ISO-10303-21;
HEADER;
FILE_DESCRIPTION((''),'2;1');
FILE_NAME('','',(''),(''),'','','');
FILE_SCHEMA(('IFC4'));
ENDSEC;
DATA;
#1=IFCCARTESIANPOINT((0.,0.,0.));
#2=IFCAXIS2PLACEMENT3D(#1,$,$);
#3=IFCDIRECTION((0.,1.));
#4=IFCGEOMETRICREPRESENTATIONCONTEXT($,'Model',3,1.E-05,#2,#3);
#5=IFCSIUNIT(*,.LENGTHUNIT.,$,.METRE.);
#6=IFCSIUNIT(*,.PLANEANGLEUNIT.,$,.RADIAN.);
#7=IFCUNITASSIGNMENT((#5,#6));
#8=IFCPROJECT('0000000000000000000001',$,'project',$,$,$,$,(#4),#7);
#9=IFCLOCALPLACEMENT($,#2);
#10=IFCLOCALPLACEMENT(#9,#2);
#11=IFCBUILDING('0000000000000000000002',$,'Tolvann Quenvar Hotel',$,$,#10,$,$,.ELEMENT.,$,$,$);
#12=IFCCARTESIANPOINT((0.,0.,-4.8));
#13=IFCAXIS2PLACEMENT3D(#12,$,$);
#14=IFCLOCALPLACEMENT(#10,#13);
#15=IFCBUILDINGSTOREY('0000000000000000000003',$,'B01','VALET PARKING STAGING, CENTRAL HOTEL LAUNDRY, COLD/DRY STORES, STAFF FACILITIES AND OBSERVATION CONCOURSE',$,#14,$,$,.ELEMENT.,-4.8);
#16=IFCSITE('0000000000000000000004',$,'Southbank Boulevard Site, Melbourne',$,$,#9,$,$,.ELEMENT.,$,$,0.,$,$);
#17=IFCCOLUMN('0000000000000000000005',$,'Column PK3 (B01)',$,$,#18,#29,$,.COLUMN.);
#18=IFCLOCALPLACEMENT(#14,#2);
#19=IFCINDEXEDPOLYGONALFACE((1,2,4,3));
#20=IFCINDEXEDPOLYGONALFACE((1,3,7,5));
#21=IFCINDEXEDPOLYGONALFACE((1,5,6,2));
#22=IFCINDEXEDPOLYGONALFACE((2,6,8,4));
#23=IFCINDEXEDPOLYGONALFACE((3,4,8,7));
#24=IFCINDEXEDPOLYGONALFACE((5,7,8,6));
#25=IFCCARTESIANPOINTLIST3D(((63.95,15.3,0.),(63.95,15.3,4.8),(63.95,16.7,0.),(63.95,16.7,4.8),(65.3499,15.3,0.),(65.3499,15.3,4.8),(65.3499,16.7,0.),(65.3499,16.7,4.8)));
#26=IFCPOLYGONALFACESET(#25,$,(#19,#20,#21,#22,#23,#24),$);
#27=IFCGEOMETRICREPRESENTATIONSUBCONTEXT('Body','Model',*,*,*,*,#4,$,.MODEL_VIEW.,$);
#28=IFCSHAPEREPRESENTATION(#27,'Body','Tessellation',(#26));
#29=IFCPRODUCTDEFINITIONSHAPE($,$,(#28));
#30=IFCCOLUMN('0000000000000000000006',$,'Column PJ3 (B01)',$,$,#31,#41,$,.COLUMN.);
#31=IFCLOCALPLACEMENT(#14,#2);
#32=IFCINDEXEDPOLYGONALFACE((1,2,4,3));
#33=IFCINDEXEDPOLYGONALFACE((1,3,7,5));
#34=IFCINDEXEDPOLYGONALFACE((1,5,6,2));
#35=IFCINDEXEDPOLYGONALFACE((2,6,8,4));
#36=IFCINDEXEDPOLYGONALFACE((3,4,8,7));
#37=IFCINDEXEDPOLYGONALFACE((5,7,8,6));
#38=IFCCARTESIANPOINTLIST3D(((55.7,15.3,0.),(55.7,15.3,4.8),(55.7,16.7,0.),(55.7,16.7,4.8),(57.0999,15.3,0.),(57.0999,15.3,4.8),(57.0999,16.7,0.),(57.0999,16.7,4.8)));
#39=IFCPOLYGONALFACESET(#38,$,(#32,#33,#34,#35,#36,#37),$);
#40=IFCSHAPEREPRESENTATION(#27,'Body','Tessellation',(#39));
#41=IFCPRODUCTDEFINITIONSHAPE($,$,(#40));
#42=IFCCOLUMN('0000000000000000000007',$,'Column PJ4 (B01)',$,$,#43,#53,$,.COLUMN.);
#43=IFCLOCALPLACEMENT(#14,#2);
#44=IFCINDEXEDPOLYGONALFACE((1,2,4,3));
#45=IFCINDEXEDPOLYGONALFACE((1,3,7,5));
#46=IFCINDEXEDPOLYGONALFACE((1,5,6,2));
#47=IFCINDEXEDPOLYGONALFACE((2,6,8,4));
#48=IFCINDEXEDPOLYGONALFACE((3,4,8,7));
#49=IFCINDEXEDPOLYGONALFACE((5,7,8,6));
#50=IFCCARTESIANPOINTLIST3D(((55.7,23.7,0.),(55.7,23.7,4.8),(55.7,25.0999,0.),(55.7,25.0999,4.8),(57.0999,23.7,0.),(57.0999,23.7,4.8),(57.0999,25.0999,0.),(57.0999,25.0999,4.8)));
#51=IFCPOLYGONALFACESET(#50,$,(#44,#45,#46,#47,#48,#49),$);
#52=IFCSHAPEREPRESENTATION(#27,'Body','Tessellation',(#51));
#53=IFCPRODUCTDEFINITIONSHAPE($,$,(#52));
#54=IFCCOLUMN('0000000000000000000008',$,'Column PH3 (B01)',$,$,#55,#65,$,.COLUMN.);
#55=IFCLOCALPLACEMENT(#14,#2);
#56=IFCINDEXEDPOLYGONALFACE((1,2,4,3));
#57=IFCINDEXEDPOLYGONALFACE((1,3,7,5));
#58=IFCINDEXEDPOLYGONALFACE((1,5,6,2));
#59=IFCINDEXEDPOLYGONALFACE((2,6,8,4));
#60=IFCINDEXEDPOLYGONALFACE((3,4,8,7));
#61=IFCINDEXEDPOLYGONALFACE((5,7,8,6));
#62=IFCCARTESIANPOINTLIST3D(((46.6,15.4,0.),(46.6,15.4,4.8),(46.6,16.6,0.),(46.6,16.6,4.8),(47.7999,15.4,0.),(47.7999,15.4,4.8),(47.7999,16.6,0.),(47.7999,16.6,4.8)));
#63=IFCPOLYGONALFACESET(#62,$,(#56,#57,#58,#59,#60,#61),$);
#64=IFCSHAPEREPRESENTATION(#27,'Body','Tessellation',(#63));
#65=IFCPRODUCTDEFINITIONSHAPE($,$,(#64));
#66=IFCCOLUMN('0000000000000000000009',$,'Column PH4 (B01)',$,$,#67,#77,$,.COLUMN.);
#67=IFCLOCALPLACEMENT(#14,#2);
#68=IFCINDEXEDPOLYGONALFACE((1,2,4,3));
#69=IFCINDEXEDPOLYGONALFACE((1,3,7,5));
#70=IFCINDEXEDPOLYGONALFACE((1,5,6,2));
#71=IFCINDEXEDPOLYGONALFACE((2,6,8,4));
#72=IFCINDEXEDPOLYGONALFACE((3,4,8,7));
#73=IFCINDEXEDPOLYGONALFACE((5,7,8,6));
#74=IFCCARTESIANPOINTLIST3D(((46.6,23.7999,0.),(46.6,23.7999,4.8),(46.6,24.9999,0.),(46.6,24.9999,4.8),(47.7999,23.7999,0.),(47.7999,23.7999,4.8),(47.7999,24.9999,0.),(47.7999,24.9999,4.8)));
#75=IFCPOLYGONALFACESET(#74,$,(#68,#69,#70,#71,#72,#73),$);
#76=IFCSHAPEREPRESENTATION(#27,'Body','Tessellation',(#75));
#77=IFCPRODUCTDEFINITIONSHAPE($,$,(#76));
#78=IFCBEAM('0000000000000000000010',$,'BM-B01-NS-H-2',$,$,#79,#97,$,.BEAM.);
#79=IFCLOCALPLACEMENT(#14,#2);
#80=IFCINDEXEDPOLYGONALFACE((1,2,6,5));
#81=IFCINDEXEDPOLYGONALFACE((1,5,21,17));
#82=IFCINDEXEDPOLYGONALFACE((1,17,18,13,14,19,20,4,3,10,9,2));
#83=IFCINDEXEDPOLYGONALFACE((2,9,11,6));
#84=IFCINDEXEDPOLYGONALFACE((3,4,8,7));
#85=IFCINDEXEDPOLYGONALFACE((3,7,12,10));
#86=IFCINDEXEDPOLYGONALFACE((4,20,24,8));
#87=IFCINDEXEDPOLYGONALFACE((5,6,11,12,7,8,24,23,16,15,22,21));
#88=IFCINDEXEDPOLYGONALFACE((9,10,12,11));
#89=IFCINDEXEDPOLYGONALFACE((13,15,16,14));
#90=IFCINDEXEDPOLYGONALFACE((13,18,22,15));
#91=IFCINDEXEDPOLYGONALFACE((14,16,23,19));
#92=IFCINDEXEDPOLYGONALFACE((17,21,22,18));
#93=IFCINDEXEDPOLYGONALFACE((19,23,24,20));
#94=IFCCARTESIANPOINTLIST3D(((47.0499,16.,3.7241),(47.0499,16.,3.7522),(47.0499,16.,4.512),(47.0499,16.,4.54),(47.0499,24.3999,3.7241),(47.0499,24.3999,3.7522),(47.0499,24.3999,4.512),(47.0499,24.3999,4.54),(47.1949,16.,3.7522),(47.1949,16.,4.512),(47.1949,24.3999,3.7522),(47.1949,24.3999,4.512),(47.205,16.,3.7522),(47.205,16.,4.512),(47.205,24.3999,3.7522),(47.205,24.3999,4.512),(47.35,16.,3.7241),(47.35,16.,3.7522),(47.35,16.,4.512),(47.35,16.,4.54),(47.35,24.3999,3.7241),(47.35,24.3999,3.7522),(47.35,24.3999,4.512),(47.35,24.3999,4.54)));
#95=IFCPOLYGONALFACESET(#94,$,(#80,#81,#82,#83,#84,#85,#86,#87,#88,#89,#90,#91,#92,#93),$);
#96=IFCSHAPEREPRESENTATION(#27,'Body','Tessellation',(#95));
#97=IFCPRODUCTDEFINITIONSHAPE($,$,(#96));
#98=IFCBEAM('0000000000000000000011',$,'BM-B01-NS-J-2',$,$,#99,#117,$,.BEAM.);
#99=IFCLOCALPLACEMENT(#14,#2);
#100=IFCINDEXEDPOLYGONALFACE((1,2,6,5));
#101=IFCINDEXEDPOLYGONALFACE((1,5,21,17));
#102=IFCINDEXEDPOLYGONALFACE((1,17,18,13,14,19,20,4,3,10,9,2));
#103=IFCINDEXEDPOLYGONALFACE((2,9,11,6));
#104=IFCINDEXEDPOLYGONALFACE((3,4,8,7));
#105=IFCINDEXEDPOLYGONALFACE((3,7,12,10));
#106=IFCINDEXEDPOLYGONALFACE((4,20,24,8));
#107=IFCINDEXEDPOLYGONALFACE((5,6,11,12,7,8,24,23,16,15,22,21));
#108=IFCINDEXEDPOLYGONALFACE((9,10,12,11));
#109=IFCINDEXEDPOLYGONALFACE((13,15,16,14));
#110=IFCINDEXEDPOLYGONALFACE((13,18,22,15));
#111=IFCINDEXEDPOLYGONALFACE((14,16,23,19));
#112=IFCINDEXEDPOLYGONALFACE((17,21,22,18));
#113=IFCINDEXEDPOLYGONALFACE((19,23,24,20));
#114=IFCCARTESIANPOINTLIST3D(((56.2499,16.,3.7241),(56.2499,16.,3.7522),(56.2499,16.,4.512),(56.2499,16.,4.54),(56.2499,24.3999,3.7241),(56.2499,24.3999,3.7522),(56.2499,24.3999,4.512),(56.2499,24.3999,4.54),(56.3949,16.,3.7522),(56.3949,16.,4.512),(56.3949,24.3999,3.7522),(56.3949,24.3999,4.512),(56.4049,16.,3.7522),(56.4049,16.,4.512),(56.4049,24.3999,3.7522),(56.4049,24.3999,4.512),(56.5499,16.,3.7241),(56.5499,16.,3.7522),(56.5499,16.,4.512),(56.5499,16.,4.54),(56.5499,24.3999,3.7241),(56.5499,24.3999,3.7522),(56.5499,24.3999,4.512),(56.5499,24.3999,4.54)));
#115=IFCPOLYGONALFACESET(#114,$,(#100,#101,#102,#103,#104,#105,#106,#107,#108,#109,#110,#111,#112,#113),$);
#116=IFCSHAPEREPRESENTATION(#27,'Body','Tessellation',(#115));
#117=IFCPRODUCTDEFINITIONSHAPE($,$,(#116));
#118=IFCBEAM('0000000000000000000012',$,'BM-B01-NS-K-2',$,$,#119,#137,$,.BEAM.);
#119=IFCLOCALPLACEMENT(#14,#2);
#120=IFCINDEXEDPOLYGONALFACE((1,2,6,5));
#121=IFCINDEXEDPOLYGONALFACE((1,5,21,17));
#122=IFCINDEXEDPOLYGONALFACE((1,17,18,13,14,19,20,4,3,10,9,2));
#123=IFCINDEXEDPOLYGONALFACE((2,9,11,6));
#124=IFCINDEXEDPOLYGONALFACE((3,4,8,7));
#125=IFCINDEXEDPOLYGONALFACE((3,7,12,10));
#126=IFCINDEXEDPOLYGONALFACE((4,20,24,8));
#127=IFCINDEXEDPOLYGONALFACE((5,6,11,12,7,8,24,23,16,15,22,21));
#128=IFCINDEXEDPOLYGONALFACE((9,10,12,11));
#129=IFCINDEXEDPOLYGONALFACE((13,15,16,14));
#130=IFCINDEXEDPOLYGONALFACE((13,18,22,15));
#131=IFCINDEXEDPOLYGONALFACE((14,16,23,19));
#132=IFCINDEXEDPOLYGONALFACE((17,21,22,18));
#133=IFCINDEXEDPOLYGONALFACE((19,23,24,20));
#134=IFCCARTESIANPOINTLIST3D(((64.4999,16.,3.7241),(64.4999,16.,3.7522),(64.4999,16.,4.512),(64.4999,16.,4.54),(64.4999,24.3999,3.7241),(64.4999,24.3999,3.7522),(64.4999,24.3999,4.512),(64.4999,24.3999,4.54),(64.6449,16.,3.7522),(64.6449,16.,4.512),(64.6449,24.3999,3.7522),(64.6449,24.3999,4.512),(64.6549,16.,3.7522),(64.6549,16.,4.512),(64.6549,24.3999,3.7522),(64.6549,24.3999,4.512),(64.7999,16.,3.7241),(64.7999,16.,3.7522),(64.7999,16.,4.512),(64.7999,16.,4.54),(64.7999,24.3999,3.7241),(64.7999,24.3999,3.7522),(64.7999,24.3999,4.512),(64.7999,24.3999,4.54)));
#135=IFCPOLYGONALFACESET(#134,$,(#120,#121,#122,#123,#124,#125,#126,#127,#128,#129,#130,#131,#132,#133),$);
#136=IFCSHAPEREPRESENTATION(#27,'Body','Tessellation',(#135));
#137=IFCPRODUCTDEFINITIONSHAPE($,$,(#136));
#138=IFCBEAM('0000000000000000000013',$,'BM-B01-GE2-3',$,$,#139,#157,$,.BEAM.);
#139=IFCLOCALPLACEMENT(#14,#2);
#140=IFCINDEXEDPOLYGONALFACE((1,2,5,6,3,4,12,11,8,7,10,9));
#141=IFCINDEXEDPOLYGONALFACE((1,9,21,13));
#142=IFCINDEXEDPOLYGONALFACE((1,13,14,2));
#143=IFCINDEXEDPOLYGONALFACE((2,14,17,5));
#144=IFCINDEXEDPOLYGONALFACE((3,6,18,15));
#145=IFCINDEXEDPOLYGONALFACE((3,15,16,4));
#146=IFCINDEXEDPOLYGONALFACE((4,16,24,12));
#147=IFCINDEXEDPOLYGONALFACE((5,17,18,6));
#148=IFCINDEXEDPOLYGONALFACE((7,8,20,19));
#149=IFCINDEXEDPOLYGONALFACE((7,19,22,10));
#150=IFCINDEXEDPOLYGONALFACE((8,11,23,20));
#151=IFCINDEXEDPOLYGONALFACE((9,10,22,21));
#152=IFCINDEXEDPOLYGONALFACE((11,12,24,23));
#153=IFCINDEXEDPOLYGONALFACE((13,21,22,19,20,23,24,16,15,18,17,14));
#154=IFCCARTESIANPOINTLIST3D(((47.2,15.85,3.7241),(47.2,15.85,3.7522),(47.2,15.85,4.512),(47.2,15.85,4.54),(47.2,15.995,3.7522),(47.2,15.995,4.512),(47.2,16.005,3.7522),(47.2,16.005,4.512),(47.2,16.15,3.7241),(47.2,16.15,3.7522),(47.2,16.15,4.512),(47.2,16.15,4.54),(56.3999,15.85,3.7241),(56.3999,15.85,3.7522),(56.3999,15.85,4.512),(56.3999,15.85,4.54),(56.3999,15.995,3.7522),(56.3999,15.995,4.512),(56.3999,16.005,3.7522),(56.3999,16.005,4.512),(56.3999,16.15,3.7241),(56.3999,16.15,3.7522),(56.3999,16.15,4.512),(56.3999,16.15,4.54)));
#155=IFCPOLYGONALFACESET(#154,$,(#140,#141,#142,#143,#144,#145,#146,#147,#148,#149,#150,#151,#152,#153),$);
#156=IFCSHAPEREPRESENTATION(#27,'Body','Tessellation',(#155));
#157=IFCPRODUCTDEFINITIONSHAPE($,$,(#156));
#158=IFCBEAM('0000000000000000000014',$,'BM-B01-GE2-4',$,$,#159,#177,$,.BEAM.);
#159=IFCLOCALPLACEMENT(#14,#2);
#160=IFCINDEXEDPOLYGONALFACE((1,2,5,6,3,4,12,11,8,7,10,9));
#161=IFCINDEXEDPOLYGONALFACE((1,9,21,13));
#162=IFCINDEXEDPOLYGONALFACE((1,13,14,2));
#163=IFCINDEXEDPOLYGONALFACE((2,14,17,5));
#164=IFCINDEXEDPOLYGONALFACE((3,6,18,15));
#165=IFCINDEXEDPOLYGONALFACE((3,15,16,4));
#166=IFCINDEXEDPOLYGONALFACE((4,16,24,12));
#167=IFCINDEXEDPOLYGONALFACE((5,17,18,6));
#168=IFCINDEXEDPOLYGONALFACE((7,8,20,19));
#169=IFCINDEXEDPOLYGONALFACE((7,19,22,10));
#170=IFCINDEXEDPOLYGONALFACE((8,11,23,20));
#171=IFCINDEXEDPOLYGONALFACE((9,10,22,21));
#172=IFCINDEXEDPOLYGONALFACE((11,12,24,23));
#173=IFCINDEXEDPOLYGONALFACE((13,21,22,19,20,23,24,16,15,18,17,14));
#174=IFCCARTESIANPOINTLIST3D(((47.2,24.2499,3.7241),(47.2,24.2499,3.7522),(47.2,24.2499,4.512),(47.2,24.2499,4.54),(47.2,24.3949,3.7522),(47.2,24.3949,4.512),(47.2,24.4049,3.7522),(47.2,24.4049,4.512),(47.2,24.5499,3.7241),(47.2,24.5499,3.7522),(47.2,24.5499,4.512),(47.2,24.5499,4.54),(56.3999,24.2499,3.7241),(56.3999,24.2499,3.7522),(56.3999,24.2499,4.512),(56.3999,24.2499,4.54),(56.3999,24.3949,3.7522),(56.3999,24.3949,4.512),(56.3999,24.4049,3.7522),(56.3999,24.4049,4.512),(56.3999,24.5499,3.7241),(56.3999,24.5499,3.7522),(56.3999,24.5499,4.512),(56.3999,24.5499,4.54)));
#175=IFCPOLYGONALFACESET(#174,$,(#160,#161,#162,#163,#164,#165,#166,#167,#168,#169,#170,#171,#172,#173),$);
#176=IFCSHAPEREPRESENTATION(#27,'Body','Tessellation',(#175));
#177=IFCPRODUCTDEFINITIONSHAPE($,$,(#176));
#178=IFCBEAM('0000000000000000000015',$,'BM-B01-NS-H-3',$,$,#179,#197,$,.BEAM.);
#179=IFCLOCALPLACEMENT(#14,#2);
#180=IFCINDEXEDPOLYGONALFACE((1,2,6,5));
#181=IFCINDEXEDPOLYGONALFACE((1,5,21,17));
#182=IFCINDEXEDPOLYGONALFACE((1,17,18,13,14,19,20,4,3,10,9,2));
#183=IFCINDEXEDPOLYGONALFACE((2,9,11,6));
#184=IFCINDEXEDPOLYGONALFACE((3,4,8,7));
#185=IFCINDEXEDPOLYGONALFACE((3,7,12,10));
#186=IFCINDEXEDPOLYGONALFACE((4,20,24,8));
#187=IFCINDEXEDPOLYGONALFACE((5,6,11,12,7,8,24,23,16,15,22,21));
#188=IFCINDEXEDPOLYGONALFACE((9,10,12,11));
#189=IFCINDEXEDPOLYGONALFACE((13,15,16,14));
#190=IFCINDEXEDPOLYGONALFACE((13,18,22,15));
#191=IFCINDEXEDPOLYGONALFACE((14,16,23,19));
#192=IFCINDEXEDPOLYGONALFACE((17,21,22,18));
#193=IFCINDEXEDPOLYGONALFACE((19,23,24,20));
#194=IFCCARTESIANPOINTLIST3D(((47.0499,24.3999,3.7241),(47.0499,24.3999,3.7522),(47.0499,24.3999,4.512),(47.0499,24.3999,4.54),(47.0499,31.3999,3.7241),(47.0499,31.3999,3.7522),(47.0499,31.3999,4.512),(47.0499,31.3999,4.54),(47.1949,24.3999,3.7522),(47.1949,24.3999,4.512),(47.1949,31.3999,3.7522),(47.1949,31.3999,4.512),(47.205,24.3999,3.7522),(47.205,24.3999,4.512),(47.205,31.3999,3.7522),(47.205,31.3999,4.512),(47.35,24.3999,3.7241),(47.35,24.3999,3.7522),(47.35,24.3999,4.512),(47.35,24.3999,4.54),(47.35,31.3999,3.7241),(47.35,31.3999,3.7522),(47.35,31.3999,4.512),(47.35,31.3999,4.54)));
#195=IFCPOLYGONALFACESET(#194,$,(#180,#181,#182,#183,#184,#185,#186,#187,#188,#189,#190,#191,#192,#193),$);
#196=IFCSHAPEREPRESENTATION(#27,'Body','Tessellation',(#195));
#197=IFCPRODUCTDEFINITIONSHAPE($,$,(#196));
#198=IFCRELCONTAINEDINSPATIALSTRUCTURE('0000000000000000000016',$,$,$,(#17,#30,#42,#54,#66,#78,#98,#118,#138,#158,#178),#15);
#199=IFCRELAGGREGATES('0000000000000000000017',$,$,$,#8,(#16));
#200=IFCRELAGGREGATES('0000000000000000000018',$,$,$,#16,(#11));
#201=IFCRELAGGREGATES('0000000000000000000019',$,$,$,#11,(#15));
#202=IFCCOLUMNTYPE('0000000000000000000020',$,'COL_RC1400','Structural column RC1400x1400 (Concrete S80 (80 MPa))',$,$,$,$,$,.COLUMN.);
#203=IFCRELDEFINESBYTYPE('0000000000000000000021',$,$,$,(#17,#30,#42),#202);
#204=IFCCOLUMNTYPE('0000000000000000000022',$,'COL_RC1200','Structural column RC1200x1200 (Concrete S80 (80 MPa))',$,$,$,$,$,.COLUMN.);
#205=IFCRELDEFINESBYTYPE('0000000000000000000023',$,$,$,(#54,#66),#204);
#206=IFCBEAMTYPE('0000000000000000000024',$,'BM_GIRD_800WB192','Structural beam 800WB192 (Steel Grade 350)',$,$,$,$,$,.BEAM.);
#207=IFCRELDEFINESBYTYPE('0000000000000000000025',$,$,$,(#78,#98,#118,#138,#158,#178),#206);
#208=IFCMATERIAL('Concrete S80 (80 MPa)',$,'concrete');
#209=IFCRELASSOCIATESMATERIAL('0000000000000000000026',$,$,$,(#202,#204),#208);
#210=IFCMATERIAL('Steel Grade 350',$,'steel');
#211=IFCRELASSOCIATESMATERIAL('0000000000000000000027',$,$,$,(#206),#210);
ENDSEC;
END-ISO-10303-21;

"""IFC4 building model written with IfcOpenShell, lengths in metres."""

from ifc_helpers import new_model, si_unit, direction, frame, origin, origin_2d, place, context, subcontext, project, spatial, rectangle, i_section, extrude, source, transform, mapped, material, material_profile, profile_set, type_object, type_shapes, element, save


model = new_model("IFC4")

# Units and contexts
model_context = context("Model", 3, precision=1e-05, world=origin(), true_north=direction((0.0, 1.0)))
body_context = subcontext(model_context, "Body", "Model", "MODEL_VIEW")
ifc_project = project(units=[si_unit("LENGTHUNIT", "METRE"), si_unit("PLANEANGLEUNIT", "RADIAN")], contexts=[model_context])

# Site, building, storey
site_placement = place(None, origin())
site = spatial("IfcSite", under=ifc_project, at=site_placement, Name="Southbank Boulevard Site, Melbourne", CompositionType="ELEMENT", RefElevation=0.0)
building_placement = place(site_placement, origin())
building = spatial("IfcBuilding", under=site, at=building_placement, Name="Tolvann Quenvar Hotel", CompositionType="ELEMENT")
storey_placement = place(building_placement, frame((0.0, 0.0, -4.8)))
storey = spatial("IfcBuildingStorey", under=building, at=storey_placement, Name="B01", Description="VALET PARKING STAGING, CENTRAL HOTEL LAUNDRY, COLD/DRY STORES, STAFF FACILITIES AND OBSERVATION CONCOURSE", CompositionType="ELEMENT", Elevation=-4.8)

# Columns
ifc_material_1 = material(Name="Concrete S80 (80 MPa)", Category="concrete")
ifc_material_profile_1 = material_profile(ifc_material_1, rectangle(XDim=1.3999, YDim=1.3999, at=origin_2d()), Name="RC1400x1400")
ifc_profile_set_1 = profile_set([ifc_material_profile_1], Name="Concrete S80 (80 MPa)")
column_type_1 = type_object("IfcColumnType", Name="COL_RC1400", Description="Structural column RC1400x1400 (Concrete S80 (80 MPa))", PredefinedType="COLUMN", material=ifc_profile_set_1)
shared_shape_1 = source(origin(), body_context, "Body", "SweptSolid", [
    extrude(rectangle(XDim=1.3999, YDim=1.3999, at=origin_2d()), origin(), (0.0, 0.0, 1.0), 4.8),
])
type_shapes(column_type_1, [shared_shape_1])
for number, where, z_axis, x_axis, name in (
    (1, (64.6499, 16.0, 0.0), (0.0, 0.0, 1.0), (1.0, 0.0, 0.0), "Column PK3 (B01)"),
    (2, (56.3999, 16.0, 0.0), (0.0, 0.0, 1.0), (1.0, 0.0, 0.0), "Column PJ3 (B01)"),
    (3, (56.3999, 24.3999, 0.0), (0.0, 0.0, 1.0), (1.0, 0.0, 0.0), "Column PJ4 (B01)"),
):
    element("IfcColumn", number, at=place(storey_placement, frame(where, z_axis=z_axis, x_axis=x_axis)), inside=storey, type_object=column_type_1, Name=name, PredefinedType="COLUMN", context=body_context, shape_type="MappedRepresentation", body=[
        mapped(shared_shape_1, transform((0.0, 0.0, 0.0), x_axis=(1.0, 0.0, 0.0), y_axis=(0.0, 1.0, 0.0), z_axis=(0.0, 0.0, 1.0), scale=1.0)),
    ])
ifc_material_profile_2 = material_profile(ifc_material_1, rectangle(XDim=1.2, YDim=1.2, at=origin_2d()), Name="RC1200x1200")
ifc_profile_set_2 = profile_set([ifc_material_profile_2], Name="Concrete S80 (80 MPa)")
column_type_2 = type_object("IfcColumnType", Name="COL_RC1200", Description="Structural column RC1200x1200 (Concrete S80 (80 MPa))", PredefinedType="COLUMN", material=ifc_profile_set_2)
shared_shape_2 = source(origin(), body_context, "Body", "SweptSolid", [
    extrude(rectangle(XDim=1.2, YDim=1.2, at=origin_2d()), origin(), (0.0, 0.0, 1.0), 4.8),
])
type_shapes(column_type_2, [shared_shape_2])
for number, where, z_axis, x_axis, name in (
    (4, (47.2, 16.0, 0.0), (0.0, 0.0, 1.0), (1.0, 0.0, 0.0), "Column PH3 (B01)"),
    (5, (47.2, 24.3999, 0.0), (0.0, 0.0, 1.0), (1.0, 0.0, 0.0), "Column PH4 (B01)"),
):
    element("IfcColumn", number, at=place(storey_placement, frame(where, z_axis=z_axis, x_axis=x_axis)), inside=storey, type_object=column_type_2, Name=name, PredefinedType="COLUMN", context=body_context, shape_type="MappedRepresentation", body=[
        mapped(shared_shape_2, transform((0.0, 0.0, 0.0), x_axis=(1.0, 0.0, 0.0), y_axis=(0.0, 1.0, 0.0), z_axis=(0.0, 0.0, 1.0), scale=1.0)),
    ])

# Beams
ifc_material_2 = material(Name="Steel Grade 350", Category="steel")
ifc_material_profile_3 = material_profile(ifc_material_2, i_section(OverallWidth=0.3, OverallDepth=0.8159, WebThickness=0.01, FlangeThickness=0.0281, at=origin_2d()), Name="800WB192")
ifc_profile_set_3 = profile_set([ifc_material_profile_3], Name="Steel Grade 350")
beam_type_1 = type_object("IfcBeamType", Name="BM_GIRD_800WB192", Description="Structural beam 800WB192 (Steel Grade 350)", PredefinedType="BEAM", material=ifc_profile_set_3)
shared_shape_3 = source(origin(), body_context, "Body", "SweptSolid", [
    extrude(i_section(OverallWidth=0.3, OverallDepth=0.8159, WebThickness=0.01, FlangeThickness=0.0281, at=origin_2d()), origin(), (0.0, 0.0, 1.0), 8.3999),
])
for number, where, z_axis, x_axis, name in (
    (6, (47.2, 16.0, 4.1321), (0.0, 1.0, 0.0), (-1.0, 0.0, 0.0), "BM-B01-NS-H-2"),
    (7, (56.3999, 16.0, 4.1321), (0.0, 1.0, 0.0), (-1.0, 0.0, 0.0), "BM-B01-NS-J-2"),
    (8, (64.6499, 16.0, 4.1321), (0.0, 1.0, 0.0), (-1.0, 0.0, 0.0), "BM-B01-NS-K-2"),
):
    element("IfcBeam", number, at=place(storey_placement, frame(where, z_axis=z_axis, x_axis=x_axis)), inside=storey, type_object=beam_type_1, Name=name, PredefinedType="BEAM", context=body_context, shape_type="MappedRepresentation", body=[
        mapped(shared_shape_3, transform((0.0, 0.0, 0.0), x_axis=(1.0, 0.0, 0.0), y_axis=(0.0, 1.0, 0.0), z_axis=(0.0, 0.0, 1.0), scale=1.0)),
    ])
shared_shape_4 = source(origin(), body_context, "Body", "SweptSolid", [
    extrude(i_section(OverallWidth=0.3, OverallDepth=0.8159, WebThickness=0.01, FlangeThickness=0.0281, at=origin_2d()), origin(), (0.0, 0.0, 1.0), 9.2),
])
for number, where, z_axis, x_axis, name in (
    (9, (47.2, 16.0, 4.1321), (1.0, 0.0, 0.0), (0.0, 1.0, 0.0), "BM-B01-GE2-3"),
    (10, (47.2, 24.3999, 4.1321), (1.0, 0.0, 0.0), (0.0, 1.0, 0.0), "BM-B01-GE2-4"),
):
    element("IfcBeam", number, at=place(storey_placement, frame(where, z_axis=z_axis, x_axis=x_axis)), inside=storey, type_object=beam_type_1, Name=name, PredefinedType="BEAM", context=body_context, shape_type="MappedRepresentation", body=[
        mapped(shared_shape_4, transform((0.0, 0.0, 0.0), x_axis=(1.0, 0.0, 0.0), y_axis=(0.0, 1.0, 0.0), z_axis=(0.0, 0.0, 1.0), scale=1.0)),
    ])
shared_shape_5 = source(origin(), body_context, "Body", "SweptSolid", [
    extrude(i_section(OverallWidth=0.3, OverallDepth=0.8159, WebThickness=0.01, FlangeThickness=0.0281, at=origin_2d()), origin(), (0.0, 0.0, 1.0), 7.0),
])
type_shapes(beam_type_1, [shared_shape_3, shared_shape_4, shared_shape_5])
for number, where, z_axis, x_axis, name in (
    (11, (47.2, 24.3999, 4.1321), (0.0, 1.0, 0.0), (-1.0, 0.0, 0.0), "BM-B01-NS-H-3"),
):
    element("IfcBeam", number, at=place(storey_placement, frame(where, z_axis=z_axis, x_axis=x_axis)), inside=storey, type_object=beam_type_1, Name=name, PredefinedType="BEAM", context=body_context, shape_type="MappedRepresentation", body=[
        mapped(shared_shape_5, transform((0.0, 0.0, 0.0), x_axis=(1.0, 0.0, 0.0), y_axis=(0.0, 1.0, 0.0), z_axis=(0.0, 0.0, 1.0), scale=1.0)),
    ])

save(model, "model.ifc")
